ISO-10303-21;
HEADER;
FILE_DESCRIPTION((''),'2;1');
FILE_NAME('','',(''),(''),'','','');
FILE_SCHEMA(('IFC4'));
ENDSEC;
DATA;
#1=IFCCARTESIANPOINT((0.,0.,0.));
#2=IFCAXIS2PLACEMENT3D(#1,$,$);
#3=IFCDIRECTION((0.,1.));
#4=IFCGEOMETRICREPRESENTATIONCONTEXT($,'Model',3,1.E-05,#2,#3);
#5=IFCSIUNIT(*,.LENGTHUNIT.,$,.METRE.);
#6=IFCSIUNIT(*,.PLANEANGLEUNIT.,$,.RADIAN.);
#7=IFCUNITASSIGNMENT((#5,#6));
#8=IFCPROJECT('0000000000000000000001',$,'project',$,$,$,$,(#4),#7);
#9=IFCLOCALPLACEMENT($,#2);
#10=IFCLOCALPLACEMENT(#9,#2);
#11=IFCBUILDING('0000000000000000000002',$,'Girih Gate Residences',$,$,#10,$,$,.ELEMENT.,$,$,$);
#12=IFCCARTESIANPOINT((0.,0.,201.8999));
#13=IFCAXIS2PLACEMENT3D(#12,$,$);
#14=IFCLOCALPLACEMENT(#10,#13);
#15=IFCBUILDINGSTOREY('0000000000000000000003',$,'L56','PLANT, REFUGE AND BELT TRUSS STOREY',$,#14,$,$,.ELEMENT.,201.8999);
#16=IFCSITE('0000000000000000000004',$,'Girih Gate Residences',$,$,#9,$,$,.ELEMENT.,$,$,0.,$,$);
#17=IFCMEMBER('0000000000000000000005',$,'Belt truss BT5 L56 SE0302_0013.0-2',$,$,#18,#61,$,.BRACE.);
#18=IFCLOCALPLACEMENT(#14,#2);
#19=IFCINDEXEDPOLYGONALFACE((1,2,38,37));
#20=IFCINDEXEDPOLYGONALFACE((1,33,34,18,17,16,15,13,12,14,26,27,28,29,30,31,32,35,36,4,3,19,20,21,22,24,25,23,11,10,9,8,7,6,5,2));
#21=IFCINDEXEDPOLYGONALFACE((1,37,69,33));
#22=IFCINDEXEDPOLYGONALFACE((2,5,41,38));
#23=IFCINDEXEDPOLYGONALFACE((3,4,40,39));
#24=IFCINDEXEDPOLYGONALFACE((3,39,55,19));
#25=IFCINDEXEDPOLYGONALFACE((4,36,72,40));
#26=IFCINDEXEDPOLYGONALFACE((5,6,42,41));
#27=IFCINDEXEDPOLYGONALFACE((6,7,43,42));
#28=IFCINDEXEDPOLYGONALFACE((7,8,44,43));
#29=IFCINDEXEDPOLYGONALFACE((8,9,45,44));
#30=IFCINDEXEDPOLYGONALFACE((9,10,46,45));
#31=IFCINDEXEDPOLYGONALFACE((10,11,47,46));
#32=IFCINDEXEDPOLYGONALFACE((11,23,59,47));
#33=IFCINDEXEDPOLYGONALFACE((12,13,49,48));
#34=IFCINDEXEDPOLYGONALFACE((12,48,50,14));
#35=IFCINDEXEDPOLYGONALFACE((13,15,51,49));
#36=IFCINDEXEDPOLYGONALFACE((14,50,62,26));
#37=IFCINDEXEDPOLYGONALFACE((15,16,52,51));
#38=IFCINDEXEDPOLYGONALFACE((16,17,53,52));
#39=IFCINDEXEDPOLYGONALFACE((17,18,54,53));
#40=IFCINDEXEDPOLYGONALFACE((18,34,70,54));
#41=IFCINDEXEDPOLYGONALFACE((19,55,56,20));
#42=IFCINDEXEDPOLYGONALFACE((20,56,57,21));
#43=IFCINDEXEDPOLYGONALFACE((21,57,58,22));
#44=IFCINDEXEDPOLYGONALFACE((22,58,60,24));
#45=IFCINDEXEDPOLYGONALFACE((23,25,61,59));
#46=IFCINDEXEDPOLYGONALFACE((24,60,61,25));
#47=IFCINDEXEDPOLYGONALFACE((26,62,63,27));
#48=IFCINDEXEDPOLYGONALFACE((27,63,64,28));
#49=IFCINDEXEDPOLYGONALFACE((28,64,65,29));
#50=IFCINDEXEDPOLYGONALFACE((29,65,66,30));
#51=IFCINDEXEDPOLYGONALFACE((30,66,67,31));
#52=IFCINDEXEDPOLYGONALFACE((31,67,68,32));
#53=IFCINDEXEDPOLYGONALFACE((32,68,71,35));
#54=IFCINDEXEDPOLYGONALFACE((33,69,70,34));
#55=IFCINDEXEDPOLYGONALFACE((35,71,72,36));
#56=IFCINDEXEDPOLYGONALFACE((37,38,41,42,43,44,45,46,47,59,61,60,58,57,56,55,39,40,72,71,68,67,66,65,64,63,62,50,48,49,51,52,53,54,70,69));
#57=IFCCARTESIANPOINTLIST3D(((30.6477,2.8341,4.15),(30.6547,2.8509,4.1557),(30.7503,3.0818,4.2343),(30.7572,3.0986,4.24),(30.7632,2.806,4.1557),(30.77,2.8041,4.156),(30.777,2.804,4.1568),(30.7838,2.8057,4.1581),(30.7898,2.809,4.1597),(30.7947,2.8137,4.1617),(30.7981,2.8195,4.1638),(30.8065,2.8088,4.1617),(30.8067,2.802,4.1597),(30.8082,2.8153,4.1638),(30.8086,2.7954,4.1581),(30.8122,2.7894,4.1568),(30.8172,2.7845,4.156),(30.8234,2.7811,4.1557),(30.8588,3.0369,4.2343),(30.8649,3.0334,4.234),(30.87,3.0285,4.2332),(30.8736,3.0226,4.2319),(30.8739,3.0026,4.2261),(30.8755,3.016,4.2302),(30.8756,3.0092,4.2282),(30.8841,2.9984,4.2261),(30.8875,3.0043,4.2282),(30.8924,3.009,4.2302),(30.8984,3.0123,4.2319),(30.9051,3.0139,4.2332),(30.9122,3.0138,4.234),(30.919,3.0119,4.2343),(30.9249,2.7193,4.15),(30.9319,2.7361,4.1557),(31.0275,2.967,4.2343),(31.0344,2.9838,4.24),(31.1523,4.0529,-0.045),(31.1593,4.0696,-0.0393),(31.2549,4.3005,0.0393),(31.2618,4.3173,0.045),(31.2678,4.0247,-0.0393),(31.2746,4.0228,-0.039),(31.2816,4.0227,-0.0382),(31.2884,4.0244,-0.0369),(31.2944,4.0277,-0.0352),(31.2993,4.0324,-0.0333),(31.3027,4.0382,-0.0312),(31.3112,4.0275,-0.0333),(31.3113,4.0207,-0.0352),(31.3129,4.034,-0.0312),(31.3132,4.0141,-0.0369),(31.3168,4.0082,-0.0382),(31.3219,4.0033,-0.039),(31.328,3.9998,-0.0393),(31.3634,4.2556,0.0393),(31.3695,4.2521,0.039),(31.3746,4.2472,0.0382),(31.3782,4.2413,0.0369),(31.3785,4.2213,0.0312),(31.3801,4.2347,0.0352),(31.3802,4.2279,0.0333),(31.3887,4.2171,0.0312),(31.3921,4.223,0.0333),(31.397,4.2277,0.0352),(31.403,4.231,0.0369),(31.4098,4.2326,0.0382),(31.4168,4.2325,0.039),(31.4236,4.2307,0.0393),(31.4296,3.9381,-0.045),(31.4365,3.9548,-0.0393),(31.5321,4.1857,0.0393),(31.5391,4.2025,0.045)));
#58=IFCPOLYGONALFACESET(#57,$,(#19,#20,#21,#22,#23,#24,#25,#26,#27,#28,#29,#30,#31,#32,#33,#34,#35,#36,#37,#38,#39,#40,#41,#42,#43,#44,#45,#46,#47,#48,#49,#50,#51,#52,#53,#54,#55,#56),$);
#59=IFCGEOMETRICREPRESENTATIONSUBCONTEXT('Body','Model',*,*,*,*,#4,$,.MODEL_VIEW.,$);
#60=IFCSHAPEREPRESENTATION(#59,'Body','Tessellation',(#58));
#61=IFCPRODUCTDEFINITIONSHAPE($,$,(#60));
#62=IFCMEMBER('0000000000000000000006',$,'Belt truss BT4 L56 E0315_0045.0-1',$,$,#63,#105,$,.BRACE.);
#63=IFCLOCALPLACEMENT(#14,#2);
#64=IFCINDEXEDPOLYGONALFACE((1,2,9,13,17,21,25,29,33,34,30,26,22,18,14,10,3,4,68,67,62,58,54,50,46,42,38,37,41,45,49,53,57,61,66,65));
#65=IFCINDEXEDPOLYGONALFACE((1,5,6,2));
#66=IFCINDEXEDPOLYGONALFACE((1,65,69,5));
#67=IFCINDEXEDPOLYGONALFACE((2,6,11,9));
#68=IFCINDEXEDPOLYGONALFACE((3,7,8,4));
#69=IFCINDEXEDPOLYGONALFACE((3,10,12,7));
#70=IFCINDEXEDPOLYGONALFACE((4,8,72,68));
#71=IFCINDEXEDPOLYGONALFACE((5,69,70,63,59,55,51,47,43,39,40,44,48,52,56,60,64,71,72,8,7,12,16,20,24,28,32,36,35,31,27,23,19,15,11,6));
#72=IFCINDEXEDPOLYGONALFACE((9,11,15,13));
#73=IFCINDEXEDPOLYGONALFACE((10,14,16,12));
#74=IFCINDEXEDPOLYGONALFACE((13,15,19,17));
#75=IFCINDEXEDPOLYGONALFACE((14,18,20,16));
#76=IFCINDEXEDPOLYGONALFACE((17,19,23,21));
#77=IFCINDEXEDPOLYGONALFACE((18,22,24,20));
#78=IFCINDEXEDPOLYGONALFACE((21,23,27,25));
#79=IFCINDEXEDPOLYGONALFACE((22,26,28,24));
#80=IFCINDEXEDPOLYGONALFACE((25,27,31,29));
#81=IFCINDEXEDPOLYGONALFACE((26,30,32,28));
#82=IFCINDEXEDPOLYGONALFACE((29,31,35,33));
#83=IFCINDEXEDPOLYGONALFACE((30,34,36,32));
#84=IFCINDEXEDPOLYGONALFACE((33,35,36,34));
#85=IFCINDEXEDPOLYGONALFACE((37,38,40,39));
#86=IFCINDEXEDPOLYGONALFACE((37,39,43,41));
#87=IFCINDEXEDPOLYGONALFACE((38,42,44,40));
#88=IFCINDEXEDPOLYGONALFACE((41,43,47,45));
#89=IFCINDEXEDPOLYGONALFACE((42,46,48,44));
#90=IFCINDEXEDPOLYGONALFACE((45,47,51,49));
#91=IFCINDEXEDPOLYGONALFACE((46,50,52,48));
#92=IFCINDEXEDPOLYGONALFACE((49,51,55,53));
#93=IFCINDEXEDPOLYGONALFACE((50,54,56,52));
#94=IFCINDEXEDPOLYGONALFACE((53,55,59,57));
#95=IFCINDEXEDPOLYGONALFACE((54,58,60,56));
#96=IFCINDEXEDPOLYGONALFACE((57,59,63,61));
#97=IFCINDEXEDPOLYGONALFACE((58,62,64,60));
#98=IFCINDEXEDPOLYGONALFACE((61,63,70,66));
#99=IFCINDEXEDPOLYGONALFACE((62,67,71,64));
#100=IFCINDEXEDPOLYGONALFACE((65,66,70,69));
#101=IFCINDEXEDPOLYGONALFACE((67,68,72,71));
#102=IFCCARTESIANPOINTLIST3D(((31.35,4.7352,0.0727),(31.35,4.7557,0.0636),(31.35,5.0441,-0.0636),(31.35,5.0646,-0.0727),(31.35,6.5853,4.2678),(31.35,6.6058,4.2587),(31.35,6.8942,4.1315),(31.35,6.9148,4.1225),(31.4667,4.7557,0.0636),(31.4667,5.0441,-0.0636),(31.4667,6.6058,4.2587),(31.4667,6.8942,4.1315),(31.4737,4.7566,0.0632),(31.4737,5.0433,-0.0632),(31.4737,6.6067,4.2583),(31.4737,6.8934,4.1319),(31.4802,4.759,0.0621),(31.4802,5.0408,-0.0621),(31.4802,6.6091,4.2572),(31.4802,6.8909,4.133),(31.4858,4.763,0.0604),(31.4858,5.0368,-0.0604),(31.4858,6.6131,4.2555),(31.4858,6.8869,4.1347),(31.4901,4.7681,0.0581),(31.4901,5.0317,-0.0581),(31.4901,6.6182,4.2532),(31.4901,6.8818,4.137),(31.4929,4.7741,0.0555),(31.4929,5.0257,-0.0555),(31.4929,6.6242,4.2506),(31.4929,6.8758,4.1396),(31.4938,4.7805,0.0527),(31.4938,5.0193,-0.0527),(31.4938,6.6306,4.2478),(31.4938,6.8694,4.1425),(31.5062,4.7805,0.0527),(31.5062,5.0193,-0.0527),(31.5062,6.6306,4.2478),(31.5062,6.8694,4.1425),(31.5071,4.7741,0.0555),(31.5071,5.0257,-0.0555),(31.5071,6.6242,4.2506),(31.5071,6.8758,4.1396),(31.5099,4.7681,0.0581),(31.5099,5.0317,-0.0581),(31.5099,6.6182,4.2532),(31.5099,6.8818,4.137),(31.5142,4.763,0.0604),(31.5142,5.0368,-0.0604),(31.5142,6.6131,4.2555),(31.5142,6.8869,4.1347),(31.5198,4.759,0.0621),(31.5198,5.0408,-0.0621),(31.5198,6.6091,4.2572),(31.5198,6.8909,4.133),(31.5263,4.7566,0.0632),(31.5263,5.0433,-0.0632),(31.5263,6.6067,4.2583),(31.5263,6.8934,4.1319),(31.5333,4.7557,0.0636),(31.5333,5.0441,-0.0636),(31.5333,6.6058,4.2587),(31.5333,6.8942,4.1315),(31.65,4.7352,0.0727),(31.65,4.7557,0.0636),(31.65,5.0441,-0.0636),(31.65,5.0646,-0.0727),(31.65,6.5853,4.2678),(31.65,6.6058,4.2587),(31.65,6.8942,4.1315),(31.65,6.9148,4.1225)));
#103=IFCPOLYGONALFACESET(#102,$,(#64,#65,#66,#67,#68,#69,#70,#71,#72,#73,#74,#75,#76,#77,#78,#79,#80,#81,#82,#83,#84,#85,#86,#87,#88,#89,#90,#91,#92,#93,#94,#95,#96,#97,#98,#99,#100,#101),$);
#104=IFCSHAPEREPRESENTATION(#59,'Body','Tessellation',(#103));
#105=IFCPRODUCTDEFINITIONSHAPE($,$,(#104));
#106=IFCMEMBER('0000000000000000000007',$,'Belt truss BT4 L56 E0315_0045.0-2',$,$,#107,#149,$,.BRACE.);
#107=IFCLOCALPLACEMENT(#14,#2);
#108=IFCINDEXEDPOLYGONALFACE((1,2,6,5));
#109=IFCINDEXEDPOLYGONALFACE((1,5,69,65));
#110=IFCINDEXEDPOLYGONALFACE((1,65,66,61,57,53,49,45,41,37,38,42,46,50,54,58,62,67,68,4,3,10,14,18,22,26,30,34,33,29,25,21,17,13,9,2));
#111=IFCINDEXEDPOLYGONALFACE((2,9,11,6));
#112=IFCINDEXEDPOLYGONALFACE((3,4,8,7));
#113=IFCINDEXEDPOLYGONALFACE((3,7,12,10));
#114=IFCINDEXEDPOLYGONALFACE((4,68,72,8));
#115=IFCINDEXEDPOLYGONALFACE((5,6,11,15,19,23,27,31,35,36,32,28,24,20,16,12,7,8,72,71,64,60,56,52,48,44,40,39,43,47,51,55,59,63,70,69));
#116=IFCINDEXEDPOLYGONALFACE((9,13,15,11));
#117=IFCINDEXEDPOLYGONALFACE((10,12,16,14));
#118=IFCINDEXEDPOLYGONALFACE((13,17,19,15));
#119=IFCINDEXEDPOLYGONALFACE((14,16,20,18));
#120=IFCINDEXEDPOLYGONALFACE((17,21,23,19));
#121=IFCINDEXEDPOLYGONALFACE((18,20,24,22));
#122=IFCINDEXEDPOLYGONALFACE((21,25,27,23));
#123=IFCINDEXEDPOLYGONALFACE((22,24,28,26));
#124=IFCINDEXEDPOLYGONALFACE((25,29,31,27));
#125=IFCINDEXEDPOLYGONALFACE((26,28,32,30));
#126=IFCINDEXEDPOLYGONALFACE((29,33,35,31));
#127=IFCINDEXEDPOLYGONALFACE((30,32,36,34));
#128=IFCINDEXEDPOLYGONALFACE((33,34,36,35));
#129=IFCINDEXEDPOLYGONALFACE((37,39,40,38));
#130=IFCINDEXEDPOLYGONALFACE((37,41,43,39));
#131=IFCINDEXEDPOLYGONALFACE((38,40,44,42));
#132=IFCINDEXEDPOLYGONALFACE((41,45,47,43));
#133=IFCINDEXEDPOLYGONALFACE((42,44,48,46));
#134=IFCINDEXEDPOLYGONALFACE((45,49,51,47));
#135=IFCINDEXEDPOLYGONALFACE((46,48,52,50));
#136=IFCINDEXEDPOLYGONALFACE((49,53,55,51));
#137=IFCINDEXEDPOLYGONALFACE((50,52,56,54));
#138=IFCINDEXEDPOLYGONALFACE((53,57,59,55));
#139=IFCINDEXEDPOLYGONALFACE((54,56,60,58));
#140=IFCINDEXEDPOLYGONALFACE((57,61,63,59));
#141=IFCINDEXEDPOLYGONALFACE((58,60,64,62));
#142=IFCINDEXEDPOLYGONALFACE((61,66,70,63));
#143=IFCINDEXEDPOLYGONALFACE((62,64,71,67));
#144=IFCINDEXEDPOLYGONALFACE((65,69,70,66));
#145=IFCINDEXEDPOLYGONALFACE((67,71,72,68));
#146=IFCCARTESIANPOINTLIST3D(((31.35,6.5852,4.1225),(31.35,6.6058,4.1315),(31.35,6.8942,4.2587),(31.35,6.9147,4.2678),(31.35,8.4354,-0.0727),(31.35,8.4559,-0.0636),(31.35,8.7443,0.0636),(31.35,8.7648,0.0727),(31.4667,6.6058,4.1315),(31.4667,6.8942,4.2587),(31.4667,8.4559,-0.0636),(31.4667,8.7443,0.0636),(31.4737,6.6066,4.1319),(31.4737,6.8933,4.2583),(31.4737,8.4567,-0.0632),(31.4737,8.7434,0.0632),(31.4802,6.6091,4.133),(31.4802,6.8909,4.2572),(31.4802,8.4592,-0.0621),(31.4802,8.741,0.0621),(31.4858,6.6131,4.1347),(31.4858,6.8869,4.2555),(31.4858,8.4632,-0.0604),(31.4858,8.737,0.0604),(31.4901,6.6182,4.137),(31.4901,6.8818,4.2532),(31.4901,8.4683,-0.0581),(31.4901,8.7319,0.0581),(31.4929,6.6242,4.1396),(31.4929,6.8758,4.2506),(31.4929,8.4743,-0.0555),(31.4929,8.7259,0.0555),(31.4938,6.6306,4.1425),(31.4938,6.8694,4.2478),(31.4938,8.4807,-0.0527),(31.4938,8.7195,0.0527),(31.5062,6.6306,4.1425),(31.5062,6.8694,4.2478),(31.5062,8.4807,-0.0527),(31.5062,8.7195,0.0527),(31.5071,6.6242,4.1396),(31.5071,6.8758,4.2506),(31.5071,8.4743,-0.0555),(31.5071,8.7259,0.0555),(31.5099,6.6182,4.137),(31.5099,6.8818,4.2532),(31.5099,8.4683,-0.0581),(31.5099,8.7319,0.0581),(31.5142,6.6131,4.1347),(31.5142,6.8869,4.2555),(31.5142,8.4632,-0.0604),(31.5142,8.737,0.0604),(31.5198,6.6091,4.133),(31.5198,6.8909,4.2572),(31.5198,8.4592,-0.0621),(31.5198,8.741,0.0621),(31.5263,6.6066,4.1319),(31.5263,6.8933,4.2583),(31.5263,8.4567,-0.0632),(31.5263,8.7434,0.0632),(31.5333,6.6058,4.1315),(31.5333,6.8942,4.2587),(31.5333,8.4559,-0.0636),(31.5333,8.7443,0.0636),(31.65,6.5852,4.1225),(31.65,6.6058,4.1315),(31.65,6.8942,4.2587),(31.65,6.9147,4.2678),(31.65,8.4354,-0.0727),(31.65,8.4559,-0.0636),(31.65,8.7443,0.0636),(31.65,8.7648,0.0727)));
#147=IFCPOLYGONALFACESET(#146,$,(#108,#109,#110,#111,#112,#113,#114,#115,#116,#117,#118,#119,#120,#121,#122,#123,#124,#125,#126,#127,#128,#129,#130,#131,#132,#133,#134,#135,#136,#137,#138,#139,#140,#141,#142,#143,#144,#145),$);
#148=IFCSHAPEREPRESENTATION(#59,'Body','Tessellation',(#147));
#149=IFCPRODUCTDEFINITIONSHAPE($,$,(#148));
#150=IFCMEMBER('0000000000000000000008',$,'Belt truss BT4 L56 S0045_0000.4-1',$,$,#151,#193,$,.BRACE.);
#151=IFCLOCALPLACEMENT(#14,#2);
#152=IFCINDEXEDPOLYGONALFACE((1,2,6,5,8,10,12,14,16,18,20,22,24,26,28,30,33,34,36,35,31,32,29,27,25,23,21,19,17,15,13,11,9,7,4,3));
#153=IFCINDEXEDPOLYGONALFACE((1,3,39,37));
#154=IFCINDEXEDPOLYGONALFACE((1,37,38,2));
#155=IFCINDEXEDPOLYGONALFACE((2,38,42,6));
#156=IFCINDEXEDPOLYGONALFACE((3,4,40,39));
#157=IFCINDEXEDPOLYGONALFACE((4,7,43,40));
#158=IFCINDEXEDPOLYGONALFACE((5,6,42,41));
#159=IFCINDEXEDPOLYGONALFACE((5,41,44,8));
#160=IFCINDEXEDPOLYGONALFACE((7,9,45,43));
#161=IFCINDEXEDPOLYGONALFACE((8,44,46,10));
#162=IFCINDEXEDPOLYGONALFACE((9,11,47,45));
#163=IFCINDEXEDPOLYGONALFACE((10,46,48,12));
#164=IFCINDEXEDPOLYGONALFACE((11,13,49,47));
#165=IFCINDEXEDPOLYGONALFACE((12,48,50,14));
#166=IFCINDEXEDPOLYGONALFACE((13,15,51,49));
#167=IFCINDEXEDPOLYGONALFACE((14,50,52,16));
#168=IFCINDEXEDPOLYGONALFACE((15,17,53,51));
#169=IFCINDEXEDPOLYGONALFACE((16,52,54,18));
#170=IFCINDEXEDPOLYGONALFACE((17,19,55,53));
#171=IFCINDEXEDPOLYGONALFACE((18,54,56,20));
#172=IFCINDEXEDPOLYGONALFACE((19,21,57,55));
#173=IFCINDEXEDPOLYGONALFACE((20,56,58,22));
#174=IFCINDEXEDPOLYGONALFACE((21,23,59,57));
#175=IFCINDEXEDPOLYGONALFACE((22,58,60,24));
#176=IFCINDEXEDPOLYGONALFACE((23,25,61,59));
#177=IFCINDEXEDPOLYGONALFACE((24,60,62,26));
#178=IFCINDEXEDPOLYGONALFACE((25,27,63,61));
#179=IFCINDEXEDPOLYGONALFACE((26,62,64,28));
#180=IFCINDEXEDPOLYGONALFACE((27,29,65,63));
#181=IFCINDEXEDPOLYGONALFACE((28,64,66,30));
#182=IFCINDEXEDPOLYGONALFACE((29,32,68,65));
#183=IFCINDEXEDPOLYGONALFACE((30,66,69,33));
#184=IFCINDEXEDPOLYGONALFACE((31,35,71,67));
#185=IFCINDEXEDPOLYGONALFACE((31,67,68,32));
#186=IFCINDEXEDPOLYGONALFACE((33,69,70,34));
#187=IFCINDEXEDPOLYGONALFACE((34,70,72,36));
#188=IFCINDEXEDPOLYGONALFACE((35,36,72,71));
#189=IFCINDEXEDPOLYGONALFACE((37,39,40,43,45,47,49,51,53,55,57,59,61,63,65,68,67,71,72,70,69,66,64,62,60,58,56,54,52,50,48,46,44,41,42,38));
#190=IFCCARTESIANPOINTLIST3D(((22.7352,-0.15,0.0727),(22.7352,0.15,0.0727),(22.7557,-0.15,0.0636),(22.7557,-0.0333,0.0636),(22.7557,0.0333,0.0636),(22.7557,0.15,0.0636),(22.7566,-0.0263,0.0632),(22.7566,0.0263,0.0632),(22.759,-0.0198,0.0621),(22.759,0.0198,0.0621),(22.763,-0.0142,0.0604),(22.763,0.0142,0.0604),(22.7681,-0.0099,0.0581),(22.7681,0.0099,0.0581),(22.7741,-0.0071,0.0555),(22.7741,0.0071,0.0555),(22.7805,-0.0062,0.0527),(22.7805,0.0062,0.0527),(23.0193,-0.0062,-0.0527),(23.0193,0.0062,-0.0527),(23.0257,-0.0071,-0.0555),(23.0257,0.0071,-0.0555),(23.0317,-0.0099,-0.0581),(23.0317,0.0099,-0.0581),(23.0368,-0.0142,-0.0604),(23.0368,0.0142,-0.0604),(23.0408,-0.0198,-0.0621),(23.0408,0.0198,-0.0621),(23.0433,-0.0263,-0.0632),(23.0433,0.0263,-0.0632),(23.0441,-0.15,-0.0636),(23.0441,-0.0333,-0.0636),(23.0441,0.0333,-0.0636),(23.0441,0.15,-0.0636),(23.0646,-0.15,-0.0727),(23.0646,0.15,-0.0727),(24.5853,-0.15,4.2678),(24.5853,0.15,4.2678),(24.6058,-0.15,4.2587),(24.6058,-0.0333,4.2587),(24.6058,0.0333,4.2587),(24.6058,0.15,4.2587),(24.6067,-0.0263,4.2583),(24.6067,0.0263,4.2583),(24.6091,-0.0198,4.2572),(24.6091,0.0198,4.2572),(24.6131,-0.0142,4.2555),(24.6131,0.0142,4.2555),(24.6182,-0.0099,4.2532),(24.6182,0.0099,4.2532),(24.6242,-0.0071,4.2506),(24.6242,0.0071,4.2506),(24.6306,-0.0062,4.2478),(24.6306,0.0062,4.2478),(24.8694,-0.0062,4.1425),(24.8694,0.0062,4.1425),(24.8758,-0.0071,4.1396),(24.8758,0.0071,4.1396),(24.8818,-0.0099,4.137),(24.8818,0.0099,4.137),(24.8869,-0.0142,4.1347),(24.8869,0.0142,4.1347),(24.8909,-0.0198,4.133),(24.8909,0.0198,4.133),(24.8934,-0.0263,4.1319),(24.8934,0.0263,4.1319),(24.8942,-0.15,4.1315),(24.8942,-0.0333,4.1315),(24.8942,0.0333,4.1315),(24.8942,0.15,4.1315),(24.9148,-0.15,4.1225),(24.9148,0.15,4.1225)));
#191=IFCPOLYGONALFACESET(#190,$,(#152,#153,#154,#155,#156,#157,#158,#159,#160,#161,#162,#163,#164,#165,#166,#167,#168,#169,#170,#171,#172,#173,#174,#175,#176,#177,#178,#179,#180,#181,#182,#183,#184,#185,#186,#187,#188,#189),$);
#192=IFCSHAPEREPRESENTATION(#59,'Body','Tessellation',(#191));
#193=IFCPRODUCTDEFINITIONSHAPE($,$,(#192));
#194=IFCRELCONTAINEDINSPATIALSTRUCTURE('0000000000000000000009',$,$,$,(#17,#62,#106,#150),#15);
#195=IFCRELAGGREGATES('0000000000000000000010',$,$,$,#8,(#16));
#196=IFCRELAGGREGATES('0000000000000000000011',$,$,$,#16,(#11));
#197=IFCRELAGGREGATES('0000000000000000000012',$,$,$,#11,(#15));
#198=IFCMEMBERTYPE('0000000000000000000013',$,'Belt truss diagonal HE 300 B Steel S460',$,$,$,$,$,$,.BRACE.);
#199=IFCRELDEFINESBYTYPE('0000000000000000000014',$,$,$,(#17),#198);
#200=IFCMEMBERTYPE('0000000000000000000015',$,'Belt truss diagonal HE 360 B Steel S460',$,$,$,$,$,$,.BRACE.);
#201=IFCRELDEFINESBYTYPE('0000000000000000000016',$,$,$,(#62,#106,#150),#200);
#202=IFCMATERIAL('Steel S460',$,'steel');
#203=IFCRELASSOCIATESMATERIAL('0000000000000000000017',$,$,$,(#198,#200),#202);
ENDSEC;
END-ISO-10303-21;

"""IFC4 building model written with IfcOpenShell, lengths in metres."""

from ifc_helpers import new_model, si_unit, direction, frame, origin, origin_2d, place, context, subcontext, project, spatial, i_section, extrude, material, material_profile, profile_set, type_object, element, save


model = new_model("IFC4")

# Units and contexts
model_context = context("Model", 3, precision=1e-05, world=origin(), true_north=direction((0.0, 1.0)))
body_context = subcontext(model_context, "Body", "Model", "MODEL_VIEW")
ifc_project = project(units=[si_unit("LENGTHUNIT", "METRE"), si_unit("PLANEANGLEUNIT", "RADIAN")], contexts=[model_context])

# Site, building, storey
site_placement = place(None, origin())
site = spatial("IfcSite", under=ifc_project, at=site_placement, Name="Girih Gate Residences", CompositionType="ELEMENT", RefElevation=0.0)
building_placement = place(site_placement, origin())
building = spatial("IfcBuilding", under=site, at=building_placement, Name="Girih Gate Residences", CompositionType="ELEMENT")
storey_placement = place(building_placement, frame((0.0, 0.0, 201.8999)))
storey = spatial("IfcBuildingStorey", under=building, at=storey_placement, Name="L56", Description="PLANT, REFUGE AND BELT TRUSS STOREY", CompositionType="ELEMENT", Elevation=201.8999)

# Members
ifc_material_1 = material(Name="Steel S460", Category="steel")
ifc_material_profile_1 = material_profile(ifc_material_1, i_section(OverallWidth=0.3, OverallDepth=0.3, WebThickness=0.011, FlangeThickness=0.019, FilletRadius=0.0271, at=origin_2d()))
ifc_profile_set_1 = profile_set([ifc_material_profile_1], Name="Steel S460")
member_type_1 = type_object("IfcMemberType", Name="Belt truss diagonal HE 300 B Steel S460", PredefinedType="BRACE", material=ifc_profile_set_1)
member_1_placement = place(storey_placement, frame((31.3457, 4.1277, 0.0), z_axis=(-0.114754, -0.277142, 0.953952), x_axis=(0.923929, -0.382564, 0.0)))
element("IfcMember", 1, at=member_1_placement, inside=storey, type_object=member_type_1, Name="Belt truss BT5 L56 SE0302_0013.0-2", PredefinedType="BRACE", context=body_context, shape_type="SweptSolid", body=[
    extrude(i_section(OverallWidth=0.3, OverallDepth=0.3, WebThickness=0.011, FlangeThickness=0.019, FilletRadius=0.0271, at=origin_2d()), origin(), (0.0, 0.0, 1.0), 4.3975),
])
ifc_material_profile_2 = material_profile(ifc_material_1, i_section(OverallWidth=0.3, OverallDepth=0.3601, WebThickness=0.0125, FlangeThickness=0.0225, FilletRadius=0.0271, at=origin_2d()))
ifc_profile_set_2 = profile_set([ifc_material_profile_2], Name="Steel S460")
member_type_2 = type_object("IfcMemberType", Name="Belt truss diagonal HE 360 B Steel S460", PredefinedType="BRACE", material=ifc_profile_set_2)
for number, where, z_axis, x_axis, name in (
    (2, (31.5, 4.8999, 0.0), (0.0, 0.403518, 0.914972), (-1.0, 0.0, 0.0), "Belt truss BT4 L56 E0315_0045.0-1"),
    (3, (31.5, 8.6001, 0.0), (0.0, -0.403518, 0.914972), (1.0, 0.0, 0.0), "Belt truss BT4 L56 E0315_0045.0-2"),
    (4, (22.8999, 0.0, 0.0), (0.403518, 0.0, 0.914972), (0.0, 1.0, 0.0), "Belt truss BT4 L56 S0045_0000.4-1"),
):
    element("IfcMember", number, at=place(storey_placement, frame(where, z_axis=z_axis, x_axis=x_axis)), inside=storey, type_object=member_type_2, Name=name, PredefinedType="BRACE", context=body_context, shape_type="SweptSolid", body=[
        extrude(i_section(OverallWidth=0.3, OverallDepth=0.3601, WebThickness=0.0125, FlangeThickness=0.0225, FilletRadius=0.0271, at=origin_2d()), origin(), (0.0, 0.0, 1.0), 4.585),
    ])

save(model, "model.ifc")
